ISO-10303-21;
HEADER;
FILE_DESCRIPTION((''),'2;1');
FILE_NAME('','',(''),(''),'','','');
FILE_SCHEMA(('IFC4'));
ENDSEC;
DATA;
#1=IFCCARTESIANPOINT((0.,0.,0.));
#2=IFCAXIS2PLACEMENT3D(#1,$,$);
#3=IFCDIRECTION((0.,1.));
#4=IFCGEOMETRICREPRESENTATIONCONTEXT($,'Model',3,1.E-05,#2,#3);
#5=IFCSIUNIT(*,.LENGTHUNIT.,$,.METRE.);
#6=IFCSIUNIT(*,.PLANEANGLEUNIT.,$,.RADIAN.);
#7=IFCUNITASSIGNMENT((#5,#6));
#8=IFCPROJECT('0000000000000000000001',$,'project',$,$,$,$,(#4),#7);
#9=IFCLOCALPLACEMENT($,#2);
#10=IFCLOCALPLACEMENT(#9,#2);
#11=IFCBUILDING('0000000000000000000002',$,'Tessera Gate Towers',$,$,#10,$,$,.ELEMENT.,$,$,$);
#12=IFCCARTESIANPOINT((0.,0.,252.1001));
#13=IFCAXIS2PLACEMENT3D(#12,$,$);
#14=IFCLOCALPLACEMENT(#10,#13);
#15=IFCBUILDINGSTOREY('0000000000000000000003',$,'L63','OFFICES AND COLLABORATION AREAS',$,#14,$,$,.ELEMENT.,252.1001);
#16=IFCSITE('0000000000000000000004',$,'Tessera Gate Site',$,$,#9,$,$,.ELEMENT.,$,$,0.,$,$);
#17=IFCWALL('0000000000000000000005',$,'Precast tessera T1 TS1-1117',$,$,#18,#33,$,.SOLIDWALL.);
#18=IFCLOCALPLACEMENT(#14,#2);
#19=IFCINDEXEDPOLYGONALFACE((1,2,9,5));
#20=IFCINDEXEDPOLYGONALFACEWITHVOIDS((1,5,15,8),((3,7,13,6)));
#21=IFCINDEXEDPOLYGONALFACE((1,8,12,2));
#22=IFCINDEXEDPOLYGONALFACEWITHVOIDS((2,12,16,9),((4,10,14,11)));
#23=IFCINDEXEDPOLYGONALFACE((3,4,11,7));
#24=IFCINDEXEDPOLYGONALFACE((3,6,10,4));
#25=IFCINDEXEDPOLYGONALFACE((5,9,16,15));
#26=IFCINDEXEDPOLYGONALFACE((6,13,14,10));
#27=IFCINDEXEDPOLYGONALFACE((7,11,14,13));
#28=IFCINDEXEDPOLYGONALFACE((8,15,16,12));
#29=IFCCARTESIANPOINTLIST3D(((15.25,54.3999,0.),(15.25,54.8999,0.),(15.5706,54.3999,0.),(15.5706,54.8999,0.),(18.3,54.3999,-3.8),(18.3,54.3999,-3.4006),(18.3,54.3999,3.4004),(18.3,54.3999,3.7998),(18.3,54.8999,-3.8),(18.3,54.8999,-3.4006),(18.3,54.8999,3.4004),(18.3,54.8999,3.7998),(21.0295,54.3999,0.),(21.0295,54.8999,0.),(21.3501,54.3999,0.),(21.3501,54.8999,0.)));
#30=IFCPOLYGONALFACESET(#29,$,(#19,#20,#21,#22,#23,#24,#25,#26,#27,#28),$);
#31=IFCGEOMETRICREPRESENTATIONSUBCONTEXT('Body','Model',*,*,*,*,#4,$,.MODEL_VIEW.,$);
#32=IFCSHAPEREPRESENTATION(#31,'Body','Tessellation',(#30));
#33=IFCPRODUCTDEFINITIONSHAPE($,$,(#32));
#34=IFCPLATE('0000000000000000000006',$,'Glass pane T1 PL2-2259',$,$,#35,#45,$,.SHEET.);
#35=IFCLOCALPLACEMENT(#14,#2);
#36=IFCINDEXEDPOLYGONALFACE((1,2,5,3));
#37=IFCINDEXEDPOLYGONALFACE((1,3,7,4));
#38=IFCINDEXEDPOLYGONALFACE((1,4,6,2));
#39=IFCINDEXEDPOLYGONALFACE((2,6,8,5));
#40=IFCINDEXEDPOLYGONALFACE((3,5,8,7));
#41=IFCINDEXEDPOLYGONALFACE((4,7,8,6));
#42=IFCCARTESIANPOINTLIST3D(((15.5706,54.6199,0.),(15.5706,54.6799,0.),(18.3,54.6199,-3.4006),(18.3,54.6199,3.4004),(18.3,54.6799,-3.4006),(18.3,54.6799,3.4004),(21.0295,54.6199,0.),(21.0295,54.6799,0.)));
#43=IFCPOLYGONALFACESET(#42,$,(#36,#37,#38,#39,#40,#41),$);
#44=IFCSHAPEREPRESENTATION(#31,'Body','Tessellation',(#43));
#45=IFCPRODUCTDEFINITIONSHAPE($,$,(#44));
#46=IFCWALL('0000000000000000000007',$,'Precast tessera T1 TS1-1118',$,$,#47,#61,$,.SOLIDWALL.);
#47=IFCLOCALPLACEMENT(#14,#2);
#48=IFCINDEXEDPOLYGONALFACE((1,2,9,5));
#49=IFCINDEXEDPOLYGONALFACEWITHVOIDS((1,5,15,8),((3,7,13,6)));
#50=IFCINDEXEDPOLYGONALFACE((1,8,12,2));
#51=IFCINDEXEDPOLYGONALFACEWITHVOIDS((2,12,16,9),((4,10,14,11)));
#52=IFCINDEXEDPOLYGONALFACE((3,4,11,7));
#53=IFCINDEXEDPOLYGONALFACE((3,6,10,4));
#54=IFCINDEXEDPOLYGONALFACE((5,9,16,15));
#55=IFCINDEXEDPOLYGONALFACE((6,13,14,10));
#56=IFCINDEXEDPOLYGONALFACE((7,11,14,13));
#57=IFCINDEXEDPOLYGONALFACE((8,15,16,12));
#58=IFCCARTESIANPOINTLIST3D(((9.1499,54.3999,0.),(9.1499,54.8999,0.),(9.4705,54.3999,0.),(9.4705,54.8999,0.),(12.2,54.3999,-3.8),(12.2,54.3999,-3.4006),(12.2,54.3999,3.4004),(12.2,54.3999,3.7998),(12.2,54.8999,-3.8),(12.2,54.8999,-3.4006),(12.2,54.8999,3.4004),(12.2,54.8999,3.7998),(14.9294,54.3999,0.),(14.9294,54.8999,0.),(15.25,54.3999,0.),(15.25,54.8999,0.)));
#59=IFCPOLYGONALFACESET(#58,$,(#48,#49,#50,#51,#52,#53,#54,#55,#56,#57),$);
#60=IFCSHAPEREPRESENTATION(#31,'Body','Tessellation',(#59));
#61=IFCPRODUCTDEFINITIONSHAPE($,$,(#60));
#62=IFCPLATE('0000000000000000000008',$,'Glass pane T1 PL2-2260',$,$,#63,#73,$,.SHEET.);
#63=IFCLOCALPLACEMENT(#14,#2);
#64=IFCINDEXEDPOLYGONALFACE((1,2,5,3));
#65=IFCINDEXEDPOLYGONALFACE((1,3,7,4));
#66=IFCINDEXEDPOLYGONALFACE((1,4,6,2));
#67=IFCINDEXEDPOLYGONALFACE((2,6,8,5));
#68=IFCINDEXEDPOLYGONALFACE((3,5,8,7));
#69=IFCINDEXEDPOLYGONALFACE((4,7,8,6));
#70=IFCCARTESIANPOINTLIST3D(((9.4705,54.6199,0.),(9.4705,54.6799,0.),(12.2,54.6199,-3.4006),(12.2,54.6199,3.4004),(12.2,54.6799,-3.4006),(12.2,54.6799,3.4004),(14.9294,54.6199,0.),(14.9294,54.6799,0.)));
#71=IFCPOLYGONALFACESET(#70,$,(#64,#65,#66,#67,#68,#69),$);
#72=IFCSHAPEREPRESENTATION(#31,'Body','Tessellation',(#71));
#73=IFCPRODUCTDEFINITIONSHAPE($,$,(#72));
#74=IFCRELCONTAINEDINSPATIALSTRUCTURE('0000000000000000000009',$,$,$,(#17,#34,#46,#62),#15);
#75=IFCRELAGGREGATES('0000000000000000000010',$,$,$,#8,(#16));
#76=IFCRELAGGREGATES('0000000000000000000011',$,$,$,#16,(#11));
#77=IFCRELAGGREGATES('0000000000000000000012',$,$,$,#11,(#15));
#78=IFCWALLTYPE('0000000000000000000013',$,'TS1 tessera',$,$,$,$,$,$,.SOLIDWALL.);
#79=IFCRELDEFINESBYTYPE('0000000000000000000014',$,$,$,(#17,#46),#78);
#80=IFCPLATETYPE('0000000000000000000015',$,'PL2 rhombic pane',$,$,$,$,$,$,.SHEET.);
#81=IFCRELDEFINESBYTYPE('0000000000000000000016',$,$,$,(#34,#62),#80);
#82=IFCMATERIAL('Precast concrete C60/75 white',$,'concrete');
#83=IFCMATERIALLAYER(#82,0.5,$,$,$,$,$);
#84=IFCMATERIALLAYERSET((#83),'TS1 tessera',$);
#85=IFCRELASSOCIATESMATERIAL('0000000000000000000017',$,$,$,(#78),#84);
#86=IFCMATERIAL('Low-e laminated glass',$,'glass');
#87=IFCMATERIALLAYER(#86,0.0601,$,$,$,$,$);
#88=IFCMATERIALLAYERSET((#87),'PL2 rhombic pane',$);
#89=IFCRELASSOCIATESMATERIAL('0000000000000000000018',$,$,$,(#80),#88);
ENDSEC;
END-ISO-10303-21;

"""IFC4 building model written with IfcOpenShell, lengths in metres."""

from ifc_helpers import new_model, si_unit, direction, frame, origin, place, context, subcontext, project, spatial, polyline, outline, extrude, source, transform, mapped, material, layer, layer_set, type_object, element, fill, save


model = new_model("IFC4")

# Units and contexts
model_context = context("Model", 3, precision=1e-05, world=origin(), true_north=direction((0.0, 1.0)))
body_context = subcontext(model_context, "Body", "Model", "MODEL_VIEW")
ifc_project = project(units=[si_unit("LENGTHUNIT", "METRE"), si_unit("PLANEANGLEUNIT", "RADIAN")], contexts=[model_context])

# Site, building, storey
site_placement = place(None, origin())
site = spatial("IfcSite", under=ifc_project, at=site_placement, Name="Tessera Gate Site", CompositionType="ELEMENT", RefElevation=0.0)
building_placement = place(site_placement, origin())
building = spatial("IfcBuilding", under=site, at=building_placement, Name="Tessera Gate Towers", CompositionType="ELEMENT")
storey_placement = place(building_placement, frame((0.0, 0.0, 252.1001)))
storey = spatial("IfcBuildingStorey", under=building, at=storey_placement, Name="L63", Description="OFFICES AND COLLABORATION AREAS", CompositionType="ELEMENT", Elevation=252.1001)

# Walls, openings, plates
ifc_material_1 = material(Name="Precast concrete C60/75 white", Category="concrete")
ifc_layer_1 = layer(ifc_material_1, 0.5)
ifc_layer_set_1 = layer_set([ifc_layer_1], Name="TS1 tessera")
wall_type_1 = type_object("IfcWallType", Name="TS1 tessera", PredefinedType="SOLIDWALL", material=ifc_layer_set_1)
shared_shape_1 = source(origin(), body_context, "Body", "SweptSolid", [
    extrude(outline(polyline([(3.05, 0.0), (6.1001, 3.8), (3.05, 7.5999), (0.0, 3.8), (3.05, 0.0)])), frame((0.0, 0.25, 0.0), z_axis=(0.0, -1.0, 0.0), x_axis=(1.0, 0.0, 0.0)), (0.0, 0.0, 1.0), 0.5),
])
wall_1_placement = place(storey_placement, frame((21.3501, 54.6499, -3.8), z_axis=(0.0, 0.0, 1.0), x_axis=(-1.0, 0.0, 0.0)))
wall_1 = element("IfcWall", 1, at=wall_1_placement, inside=storey, type_object=wall_type_1, Name="Precast tessera T1 TS1-1117", PredefinedType="SOLIDWALL", context=body_context, shape_type="MappedRepresentation", body=[
    mapped(shared_shape_1, transform((0.0, 0.0, 0.0), scale=1.0)),
])
shared_shape_2 = source(origin(), body_context, "Body", "SweptSolid", [
    extrude(outline(polyline([(3.05, 0.3994), (5.7795, 3.8), (3.05, 7.2004), (0.3206, 3.8), (3.05, 0.3994)])), frame((0.0, 0.26, 0.0), z_axis=(0.0, -1.0, 0.0), x_axis=(1.0, 0.0, 0.0)), (0.0, 0.0, 1.0), 0.52),
])
opening_1_placement = place(wall_1_placement, origin())
opening_1 = element("IfcOpeningElement", 2, at=opening_1_placement, cuts=wall_1, PredefinedType="OPENING", context=body_context, shape_type="MappedRepresentation", body=[
    mapped(shared_shape_2, transform((0.0, 0.0, 0.0), scale=1.0)),
])
ifc_material_2 = material(Name="Low-e laminated glass", Category="glass")
ifc_layer_2 = layer(ifc_material_2, 0.0601)
ifc_layer_set_2 = layer_set([ifc_layer_2], Name="PL2 rhombic pane")
plate_type = type_object("IfcPlateType", Name="PL2 rhombic pane", PredefinedType="SHEET", material=ifc_layer_set_2)
shared_shape_3 = source(origin(), body_context, "Body", "SweptSolid", [
    extrude(outline(polyline([(3.05, 0.3994), (5.7795, 3.8), (3.05, 7.2004), (0.3206, 3.8), (3.05, 0.3994)])), frame((0.0, 0.03, 0.0), z_axis=(0.0, -1.0, 0.0), x_axis=(1.0, 0.0, 0.0)), (0.0, 0.0, 1.0), 0.0601),
])
plate_1_placement = place(opening_1_placement, origin())
plate_1 = element("IfcPlate", 3, at=plate_1_placement, inside=storey, type_object=plate_type, Name="Glass pane T1 PL2-2259", PredefinedType="SHEET", context=body_context, shape_type="MappedRepresentation", body=[
    mapped(shared_shape_3, transform((0.0, 0.0, 0.0), scale=1.0)),
])
fill(opening_1, plate_1)
wall_2_placement = place(storey_placement, frame((15.25, 54.6499, -3.8), z_axis=(0.0, 0.0, 1.0), x_axis=(-1.0, 0.0, 0.0)))
wall_2 = element("IfcWall", 4, at=wall_2_placement, inside=storey, type_object=wall_type_1, Name="Precast tessera T1 TS1-1118", PredefinedType="SOLIDWALL", context=body_context, shape_type="MappedRepresentation", body=[
    mapped(shared_shape_1, transform((0.0, 0.0, 0.0), scale=1.0)),
])
opening_2_placement = place(wall_2_placement, origin())
opening_2 = element("IfcOpeningElement", 5, at=opening_2_placement, cuts=wall_2, PredefinedType="OPENING", context=body_context, shape_type="MappedRepresentation", body=[
    mapped(shared_shape_2, transform((0.0, 0.0, 0.0), scale=1.0)),
])
plate_2_placement = place(opening_2_placement, origin())
plate_2 = element("IfcPlate", 6, at=plate_2_placement, inside=storey, type_object=plate_type, Name="Glass pane T1 PL2-2260", PredefinedType="SHEET", context=body_context, shape_type="MappedRepresentation", body=[
    mapped(shared_shape_3, transform((0.0, 0.0, 0.0), scale=1.0)),
])
fill(opening_2, plate_2)

save(model, "model.ifc")
